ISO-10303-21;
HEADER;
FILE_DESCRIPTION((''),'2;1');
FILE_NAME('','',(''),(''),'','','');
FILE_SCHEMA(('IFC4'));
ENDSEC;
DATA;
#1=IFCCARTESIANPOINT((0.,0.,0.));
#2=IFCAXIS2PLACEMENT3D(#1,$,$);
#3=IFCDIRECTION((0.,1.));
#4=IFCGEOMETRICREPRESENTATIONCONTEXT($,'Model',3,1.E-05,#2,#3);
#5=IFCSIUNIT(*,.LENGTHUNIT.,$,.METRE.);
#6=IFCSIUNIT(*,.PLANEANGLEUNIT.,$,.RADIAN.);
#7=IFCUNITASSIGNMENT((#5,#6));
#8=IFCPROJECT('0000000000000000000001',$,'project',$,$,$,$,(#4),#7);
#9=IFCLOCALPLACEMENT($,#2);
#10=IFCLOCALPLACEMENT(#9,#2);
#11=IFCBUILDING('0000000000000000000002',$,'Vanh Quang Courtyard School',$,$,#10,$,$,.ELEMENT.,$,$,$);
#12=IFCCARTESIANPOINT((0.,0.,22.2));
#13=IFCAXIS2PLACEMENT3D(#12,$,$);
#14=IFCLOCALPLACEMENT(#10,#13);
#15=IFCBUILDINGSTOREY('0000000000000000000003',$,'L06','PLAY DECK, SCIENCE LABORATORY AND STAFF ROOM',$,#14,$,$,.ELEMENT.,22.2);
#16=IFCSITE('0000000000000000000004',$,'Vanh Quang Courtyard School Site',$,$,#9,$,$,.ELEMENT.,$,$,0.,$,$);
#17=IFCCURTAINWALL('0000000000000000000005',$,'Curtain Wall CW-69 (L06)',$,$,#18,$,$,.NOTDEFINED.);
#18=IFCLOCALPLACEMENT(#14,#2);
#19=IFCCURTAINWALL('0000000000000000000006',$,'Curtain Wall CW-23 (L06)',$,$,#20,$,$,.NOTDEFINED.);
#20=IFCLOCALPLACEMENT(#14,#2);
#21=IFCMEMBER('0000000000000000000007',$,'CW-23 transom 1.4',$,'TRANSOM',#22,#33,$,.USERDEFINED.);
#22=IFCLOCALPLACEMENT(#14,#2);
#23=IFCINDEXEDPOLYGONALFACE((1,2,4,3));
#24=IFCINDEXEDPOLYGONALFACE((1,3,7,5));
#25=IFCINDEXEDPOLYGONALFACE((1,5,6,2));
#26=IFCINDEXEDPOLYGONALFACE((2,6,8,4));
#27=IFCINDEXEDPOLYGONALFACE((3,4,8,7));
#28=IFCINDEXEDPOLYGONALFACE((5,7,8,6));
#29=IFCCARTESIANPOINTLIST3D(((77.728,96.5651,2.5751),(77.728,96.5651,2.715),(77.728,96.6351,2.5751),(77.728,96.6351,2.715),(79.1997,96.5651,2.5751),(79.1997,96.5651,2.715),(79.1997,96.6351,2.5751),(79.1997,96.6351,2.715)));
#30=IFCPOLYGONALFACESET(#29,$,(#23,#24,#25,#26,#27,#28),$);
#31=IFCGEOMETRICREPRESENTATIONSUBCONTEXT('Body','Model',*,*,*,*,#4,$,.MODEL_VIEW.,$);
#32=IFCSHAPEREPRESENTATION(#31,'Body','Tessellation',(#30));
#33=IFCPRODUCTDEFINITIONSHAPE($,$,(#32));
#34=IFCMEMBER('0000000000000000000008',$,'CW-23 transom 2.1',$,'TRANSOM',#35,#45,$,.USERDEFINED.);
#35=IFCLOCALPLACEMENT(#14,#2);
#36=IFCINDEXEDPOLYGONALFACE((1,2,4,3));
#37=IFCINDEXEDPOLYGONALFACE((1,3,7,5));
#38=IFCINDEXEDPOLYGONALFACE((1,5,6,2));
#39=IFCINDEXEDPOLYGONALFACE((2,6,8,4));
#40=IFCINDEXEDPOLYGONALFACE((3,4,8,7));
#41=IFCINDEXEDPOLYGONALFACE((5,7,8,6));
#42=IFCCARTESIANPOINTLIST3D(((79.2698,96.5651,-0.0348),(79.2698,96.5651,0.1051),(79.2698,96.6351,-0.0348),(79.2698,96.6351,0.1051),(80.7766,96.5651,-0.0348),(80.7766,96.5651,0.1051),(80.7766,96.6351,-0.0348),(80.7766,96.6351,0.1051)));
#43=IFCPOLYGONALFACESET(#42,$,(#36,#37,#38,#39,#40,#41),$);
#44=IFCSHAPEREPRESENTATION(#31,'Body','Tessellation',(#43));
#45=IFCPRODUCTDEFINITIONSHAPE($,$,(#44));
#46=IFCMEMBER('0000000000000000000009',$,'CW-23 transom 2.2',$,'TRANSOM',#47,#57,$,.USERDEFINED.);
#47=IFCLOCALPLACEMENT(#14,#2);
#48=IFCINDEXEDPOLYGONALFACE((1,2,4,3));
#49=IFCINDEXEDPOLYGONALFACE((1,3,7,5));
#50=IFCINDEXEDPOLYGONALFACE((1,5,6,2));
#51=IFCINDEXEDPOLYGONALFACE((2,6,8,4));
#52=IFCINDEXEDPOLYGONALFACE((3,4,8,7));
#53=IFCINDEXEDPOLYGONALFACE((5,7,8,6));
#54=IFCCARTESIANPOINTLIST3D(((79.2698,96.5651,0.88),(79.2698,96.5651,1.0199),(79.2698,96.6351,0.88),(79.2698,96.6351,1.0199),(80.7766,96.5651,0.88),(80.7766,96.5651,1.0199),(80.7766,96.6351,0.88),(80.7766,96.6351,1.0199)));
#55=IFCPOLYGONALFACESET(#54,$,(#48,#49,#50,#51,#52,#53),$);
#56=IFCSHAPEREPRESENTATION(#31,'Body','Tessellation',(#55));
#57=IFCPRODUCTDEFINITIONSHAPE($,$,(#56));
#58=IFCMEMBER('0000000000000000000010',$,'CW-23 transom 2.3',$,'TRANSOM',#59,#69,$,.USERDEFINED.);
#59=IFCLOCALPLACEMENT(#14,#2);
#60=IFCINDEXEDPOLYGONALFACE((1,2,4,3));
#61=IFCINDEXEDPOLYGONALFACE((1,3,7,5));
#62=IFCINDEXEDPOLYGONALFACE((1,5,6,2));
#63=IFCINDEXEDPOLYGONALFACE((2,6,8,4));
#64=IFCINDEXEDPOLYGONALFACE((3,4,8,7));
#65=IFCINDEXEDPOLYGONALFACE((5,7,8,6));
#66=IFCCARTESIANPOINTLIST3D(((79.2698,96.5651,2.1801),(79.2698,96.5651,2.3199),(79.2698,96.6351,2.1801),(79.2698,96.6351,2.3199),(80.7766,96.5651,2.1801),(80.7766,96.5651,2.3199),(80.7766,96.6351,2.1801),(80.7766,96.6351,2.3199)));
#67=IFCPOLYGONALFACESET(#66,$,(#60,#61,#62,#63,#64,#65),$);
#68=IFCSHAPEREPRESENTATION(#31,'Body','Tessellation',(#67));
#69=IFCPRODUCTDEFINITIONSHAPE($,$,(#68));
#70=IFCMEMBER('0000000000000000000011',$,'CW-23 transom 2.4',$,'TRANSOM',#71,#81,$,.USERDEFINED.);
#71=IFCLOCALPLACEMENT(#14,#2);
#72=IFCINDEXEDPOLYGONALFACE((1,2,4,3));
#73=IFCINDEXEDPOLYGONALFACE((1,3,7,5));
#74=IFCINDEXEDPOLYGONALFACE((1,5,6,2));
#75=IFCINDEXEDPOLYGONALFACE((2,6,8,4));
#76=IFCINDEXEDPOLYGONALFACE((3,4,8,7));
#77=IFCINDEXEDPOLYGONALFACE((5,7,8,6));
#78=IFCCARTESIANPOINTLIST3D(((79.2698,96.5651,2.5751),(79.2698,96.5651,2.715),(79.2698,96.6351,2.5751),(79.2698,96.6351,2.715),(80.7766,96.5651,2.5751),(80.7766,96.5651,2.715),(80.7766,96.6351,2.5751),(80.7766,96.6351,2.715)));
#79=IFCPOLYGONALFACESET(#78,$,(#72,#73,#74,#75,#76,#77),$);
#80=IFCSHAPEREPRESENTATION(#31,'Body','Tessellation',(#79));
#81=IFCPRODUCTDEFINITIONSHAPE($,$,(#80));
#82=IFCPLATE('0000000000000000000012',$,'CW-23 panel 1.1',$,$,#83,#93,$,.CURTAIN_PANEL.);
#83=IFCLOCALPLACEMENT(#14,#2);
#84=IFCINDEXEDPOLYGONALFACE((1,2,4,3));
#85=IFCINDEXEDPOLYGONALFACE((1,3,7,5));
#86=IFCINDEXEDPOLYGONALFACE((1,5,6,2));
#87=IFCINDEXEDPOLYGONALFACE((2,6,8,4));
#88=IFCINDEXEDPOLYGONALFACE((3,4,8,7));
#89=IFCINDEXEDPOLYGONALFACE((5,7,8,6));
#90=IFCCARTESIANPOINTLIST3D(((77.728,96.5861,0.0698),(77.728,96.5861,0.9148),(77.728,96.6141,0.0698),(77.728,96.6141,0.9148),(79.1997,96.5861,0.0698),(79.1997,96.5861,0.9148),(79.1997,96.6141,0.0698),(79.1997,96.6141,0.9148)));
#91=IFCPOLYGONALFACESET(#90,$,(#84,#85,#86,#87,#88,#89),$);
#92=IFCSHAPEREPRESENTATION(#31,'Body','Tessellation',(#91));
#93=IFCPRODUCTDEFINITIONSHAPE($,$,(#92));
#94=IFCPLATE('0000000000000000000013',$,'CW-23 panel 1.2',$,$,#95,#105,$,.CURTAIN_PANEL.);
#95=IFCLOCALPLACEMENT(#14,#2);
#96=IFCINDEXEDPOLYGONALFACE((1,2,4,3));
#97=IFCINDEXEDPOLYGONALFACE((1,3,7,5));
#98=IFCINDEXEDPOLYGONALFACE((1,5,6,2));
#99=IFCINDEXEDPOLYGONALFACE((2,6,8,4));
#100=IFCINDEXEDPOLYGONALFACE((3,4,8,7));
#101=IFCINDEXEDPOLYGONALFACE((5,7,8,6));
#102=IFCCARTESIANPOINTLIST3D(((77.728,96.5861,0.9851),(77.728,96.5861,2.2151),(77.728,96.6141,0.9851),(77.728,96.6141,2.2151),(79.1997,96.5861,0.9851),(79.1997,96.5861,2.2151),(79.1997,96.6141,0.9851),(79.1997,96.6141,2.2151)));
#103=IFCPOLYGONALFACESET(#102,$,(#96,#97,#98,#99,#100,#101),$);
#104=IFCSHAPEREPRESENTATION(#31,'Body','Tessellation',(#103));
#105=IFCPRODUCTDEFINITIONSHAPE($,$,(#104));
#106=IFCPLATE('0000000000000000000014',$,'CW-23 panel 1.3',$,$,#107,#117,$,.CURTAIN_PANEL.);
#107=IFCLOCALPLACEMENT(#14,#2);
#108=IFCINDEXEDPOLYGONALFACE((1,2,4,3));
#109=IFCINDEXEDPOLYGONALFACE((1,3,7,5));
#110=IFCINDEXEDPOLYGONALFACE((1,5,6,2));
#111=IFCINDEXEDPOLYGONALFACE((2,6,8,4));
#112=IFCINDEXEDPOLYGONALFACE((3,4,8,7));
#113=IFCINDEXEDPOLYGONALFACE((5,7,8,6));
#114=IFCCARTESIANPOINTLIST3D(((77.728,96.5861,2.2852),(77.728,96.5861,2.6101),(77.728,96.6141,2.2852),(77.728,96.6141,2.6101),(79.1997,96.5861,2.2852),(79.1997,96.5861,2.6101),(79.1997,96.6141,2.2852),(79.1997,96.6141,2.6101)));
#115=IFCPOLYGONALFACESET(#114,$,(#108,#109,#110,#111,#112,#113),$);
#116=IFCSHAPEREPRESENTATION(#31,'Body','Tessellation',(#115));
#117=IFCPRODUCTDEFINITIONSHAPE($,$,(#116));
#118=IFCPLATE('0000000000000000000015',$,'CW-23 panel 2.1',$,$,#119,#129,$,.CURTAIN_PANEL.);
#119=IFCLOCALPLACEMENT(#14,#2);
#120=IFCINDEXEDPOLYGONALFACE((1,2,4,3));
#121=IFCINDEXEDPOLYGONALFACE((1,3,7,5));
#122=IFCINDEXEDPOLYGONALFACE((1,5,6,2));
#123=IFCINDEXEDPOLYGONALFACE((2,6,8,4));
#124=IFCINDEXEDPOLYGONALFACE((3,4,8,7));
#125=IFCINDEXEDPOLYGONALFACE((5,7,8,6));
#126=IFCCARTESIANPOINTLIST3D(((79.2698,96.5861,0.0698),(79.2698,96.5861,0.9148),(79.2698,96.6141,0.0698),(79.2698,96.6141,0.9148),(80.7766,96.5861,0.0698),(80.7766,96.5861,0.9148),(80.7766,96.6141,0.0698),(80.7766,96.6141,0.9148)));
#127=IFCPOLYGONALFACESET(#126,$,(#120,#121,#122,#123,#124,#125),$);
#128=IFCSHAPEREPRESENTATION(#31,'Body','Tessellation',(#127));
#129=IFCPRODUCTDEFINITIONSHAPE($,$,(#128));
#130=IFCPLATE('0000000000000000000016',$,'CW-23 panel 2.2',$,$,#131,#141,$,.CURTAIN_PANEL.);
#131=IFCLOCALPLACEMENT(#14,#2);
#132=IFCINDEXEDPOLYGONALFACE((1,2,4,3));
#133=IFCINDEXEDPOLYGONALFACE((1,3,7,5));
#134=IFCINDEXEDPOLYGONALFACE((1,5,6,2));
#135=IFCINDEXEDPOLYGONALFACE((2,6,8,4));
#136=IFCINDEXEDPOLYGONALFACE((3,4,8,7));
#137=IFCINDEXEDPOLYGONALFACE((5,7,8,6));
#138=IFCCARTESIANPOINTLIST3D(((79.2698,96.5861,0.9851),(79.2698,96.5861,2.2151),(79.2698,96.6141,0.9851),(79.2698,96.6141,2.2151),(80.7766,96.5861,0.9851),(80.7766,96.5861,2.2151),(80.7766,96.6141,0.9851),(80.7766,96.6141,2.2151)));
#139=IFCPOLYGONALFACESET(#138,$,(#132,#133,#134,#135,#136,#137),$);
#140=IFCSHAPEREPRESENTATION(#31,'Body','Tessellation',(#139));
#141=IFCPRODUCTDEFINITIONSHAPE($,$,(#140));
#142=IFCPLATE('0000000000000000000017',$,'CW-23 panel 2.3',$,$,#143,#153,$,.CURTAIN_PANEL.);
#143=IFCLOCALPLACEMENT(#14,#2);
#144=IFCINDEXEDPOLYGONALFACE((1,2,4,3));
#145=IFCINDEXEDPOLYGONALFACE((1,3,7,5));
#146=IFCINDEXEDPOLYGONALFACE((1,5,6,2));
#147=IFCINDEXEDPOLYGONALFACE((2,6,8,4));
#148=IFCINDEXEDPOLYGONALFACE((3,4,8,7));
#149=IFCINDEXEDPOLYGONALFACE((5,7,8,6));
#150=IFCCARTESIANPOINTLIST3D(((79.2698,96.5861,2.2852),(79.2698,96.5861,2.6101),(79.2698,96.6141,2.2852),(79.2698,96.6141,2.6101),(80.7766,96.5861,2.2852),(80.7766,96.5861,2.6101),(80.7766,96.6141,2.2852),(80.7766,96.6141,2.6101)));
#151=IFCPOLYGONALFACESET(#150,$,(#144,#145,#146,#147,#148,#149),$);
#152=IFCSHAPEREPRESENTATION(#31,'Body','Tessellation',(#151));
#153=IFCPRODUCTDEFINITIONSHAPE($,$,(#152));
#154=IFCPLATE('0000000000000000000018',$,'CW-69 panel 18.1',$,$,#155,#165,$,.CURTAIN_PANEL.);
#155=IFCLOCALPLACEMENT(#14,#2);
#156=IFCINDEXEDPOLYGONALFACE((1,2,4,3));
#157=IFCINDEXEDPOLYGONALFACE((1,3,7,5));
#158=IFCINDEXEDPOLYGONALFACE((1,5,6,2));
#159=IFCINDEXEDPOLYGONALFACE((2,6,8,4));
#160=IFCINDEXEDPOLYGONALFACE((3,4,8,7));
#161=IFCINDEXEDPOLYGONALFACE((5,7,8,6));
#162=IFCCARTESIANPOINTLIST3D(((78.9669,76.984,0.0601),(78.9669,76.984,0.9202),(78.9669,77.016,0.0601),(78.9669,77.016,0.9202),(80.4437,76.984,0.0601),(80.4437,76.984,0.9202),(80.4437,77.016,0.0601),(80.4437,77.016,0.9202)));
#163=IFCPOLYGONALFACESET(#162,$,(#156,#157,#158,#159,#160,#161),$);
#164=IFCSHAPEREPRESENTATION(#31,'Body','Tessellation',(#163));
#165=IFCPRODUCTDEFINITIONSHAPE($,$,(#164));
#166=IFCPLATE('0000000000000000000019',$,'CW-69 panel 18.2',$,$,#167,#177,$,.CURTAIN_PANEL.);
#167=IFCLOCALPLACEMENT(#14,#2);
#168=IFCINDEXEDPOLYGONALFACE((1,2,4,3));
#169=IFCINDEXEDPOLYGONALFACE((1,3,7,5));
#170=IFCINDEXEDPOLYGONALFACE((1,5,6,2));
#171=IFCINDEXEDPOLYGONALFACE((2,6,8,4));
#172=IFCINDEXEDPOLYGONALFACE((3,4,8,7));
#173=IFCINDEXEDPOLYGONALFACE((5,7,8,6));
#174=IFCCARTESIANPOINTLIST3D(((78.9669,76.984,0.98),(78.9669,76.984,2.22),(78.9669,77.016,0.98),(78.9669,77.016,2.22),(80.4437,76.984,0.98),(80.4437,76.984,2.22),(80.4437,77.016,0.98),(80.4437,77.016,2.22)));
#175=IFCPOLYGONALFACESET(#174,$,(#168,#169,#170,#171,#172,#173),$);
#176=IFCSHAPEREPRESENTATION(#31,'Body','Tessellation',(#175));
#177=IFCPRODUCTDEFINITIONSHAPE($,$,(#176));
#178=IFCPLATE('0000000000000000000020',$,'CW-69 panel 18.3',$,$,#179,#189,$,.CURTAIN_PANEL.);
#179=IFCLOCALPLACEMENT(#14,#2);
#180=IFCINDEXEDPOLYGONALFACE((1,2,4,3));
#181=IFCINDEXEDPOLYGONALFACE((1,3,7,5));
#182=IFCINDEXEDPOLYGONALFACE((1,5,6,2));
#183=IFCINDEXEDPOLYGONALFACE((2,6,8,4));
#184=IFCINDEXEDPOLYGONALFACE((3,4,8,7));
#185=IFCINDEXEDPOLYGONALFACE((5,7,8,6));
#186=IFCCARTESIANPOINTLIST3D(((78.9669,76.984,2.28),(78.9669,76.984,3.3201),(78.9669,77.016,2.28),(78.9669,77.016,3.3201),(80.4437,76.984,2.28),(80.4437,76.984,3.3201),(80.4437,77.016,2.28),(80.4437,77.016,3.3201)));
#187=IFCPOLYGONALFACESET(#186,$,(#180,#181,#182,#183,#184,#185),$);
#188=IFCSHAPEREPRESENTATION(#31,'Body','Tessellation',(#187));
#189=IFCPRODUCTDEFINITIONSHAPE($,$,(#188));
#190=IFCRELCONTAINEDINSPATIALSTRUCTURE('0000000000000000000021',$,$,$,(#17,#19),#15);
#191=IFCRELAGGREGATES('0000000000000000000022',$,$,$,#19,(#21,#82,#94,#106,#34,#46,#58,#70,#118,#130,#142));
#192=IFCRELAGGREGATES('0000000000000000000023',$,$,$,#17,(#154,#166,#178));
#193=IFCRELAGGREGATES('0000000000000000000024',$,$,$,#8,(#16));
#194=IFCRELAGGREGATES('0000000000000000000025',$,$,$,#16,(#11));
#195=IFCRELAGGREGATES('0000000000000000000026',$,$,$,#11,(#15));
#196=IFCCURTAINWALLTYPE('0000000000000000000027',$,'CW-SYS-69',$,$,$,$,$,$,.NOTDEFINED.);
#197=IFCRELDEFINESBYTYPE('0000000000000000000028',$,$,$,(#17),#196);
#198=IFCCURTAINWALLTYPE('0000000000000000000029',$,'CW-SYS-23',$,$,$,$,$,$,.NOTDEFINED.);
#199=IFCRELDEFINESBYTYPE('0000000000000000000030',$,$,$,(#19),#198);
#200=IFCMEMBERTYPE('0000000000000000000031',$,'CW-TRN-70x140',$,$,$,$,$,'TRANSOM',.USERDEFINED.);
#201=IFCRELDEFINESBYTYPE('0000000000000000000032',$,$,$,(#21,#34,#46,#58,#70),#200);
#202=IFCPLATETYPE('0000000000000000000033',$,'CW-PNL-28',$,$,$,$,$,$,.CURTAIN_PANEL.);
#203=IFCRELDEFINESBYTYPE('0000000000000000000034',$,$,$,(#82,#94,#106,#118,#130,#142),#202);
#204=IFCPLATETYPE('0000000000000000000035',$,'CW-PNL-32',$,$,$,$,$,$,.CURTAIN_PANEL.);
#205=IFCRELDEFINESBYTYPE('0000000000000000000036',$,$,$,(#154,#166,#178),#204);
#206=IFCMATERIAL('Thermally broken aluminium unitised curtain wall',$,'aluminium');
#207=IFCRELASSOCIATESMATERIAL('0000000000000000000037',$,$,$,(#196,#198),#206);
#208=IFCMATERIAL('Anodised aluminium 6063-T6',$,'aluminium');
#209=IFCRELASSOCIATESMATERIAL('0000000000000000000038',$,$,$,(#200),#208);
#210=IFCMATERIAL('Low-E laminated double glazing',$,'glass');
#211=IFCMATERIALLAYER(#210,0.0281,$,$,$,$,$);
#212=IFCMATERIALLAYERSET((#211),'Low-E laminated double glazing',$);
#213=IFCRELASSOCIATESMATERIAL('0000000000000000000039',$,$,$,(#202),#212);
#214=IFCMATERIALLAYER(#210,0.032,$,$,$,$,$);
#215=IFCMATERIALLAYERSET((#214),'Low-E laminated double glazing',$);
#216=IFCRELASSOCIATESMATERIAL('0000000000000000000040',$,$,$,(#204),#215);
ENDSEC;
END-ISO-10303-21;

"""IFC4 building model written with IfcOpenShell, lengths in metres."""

from ifc_helpers import new_model, si_unit, direction, frame, origin, origin_2d, place, context, subcontext, project, spatial, rectangle, extrude, material, layer, layer_set, material_profile, profile_set, type_object, element, aggregate, save


model = new_model("IFC4")

# Units and contexts
model_context = context("Model", 3, precision=1e-05, world=origin(), true_north=direction((0.0, 1.0)))
body_context = subcontext(model_context, "Body", "Model", "MODEL_VIEW")
ifc_project = project(units=[si_unit("LENGTHUNIT", "METRE"), si_unit("PLANEANGLEUNIT", "RADIAN")], contexts=[model_context])

# Site, building, storey
site_placement = place(None, origin())
site = spatial("IfcSite", under=ifc_project, at=site_placement, Name="Vanh Quang Courtyard School Site", CompositionType="ELEMENT", RefElevation=0.0)
building_placement = place(site_placement, origin())
building = spatial("IfcBuilding", under=site, at=building_placement, Name="Vanh Quang Courtyard School", CompositionType="ELEMENT")
storey_placement = place(building_placement, frame((0.0, 0.0, 22.2)))
storey = spatial("IfcBuildingStorey", under=building, at=storey_placement, Name="L06", Description="PLAY DECK, SCIENCE LABORATORY AND STAFF ROOM", CompositionType="ELEMENT", Elevation=22.2)

# Curtain walls
ifc_material_1 = material(Name="Thermally broken aluminium unitised curtain wall", Category="aluminium")
curtain_wall_type_1 = type_object("IfcCurtainWallType", Name="CW-SYS-69", PredefinedType="NOTDEFINED", material=ifc_material_1)
curtain_wall_1_placement = place(storey_placement, origin())
curtain_wall_1 = element("IfcCurtainWall", 1, at=curtain_wall_1_placement, inside=storey, type_object=curtain_wall_type_1, Name="Curtain Wall CW-69 (L06)", PredefinedType="NOTDEFINED")
ifc_material_2 = material(Name="Anodised aluminium 6063-T6", Category="aluminium")
curtain_wall_type_2 = type_object("IfcCurtainWallType", Name="CW-SYS-23", PredefinedType="NOTDEFINED", material=ifc_material_1)
curtain_wall_2_placement = place(storey_placement, origin())
curtain_wall_2 = element("IfcCurtainWall", 2, at=curtain_wall_2_placement, inside=storey, type_object=curtain_wall_type_2, Name="Curtain Wall CW-23 (L06)", PredefinedType="NOTDEFINED")

# Members
ifc_material_profile_1 = material_profile(ifc_material_2, rectangle(XDim=0.0701, YDim=0.1399, at=origin_2d()), Name="ALU-TRN 70x140")
ifc_profile_set_1 = profile_set([ifc_material_profile_1], Name="Anodised aluminium 6063-T6")
member_type_1 = type_object("IfcMemberType", Name="CW-TRN-70x140", ElementType="TRANSOM", PredefinedType="USERDEFINED", material=ifc_profile_set_1)
member_1_placement = place(storey_placement, frame((77.728, 96.6001, 2.645), z_axis=(1.0, 0.0, 0.0), x_axis=(0.0, 1.0, 0.0)))
member_1 = element("IfcMember", 3, at=member_1_placement, type_object=member_type_1, Name="CW-23 transom 1.4", ObjectType="TRANSOM", PredefinedType="USERDEFINED", context=body_context, shape_type="SweptSolid", body=[
    extrude(rectangle(XDim=0.0701, YDim=0.1399, at=origin_2d()), origin(), (0.0, 0.0, 1.0), 1.4717),
])
member_2_placement = place(storey_placement, frame((79.2698, 96.6001, 0.0352), z_axis=(1.0, 0.0, 0.0), x_axis=(0.0, 1.0, 0.0)))
member_2 = element("IfcMember", 4, at=member_2_placement, type_object=member_type_1, Name="CW-23 transom 2.1", ObjectType="TRANSOM", PredefinedType="USERDEFINED", context=body_context, shape_type="SweptSolid", body=[
    extrude(rectangle(XDim=0.0701, YDim=0.1399, at=origin_2d()), origin(), (0.0, 0.0, 1.0), 1.5068),
])
member_3_placement = place(storey_placement, frame((79.2698, 96.6001, 0.95), z_axis=(1.0, 0.0, 0.0), x_axis=(0.0, 1.0, 0.0)))
member_3 = element("IfcMember", 5, at=member_3_placement, type_object=member_type_1, Name="CW-23 transom 2.2", ObjectType="TRANSOM", PredefinedType="USERDEFINED", context=body_context, shape_type="SweptSolid", body=[
    extrude(rectangle(XDim=0.0701, YDim=0.1399, at=origin_2d()), origin(), (0.0, 0.0, 1.0), 1.5068),
])
member_4_placement = place(storey_placement, frame((79.2698, 96.6001, 2.25), z_axis=(1.0, 0.0, 0.0), x_axis=(0.0, 1.0, 0.0)))
member_4 = element("IfcMember", 6, at=member_4_placement, type_object=member_type_1, Name="CW-23 transom 2.3", ObjectType="TRANSOM", PredefinedType="USERDEFINED", context=body_context, shape_type="SweptSolid", body=[
    extrude(rectangle(XDim=0.0701, YDim=0.1399, at=origin_2d()), origin(), (0.0, 0.0, 1.0), 1.5068),
])
member_5_placement = place(storey_placement, frame((79.2698, 96.6001, 2.645), z_axis=(1.0, 0.0, 0.0), x_axis=(0.0, 1.0, 0.0)))
member_5 = element("IfcMember", 7, at=member_5_placement, type_object=member_type_1, Name="CW-23 transom 2.4", ObjectType="TRANSOM", PredefinedType="USERDEFINED", context=body_context, shape_type="SweptSolid", body=[
    extrude(rectangle(XDim=0.0701, YDim=0.1399, at=origin_2d()), origin(), (0.0, 0.0, 1.0), 1.5068),
])

# Plates
ifc_material_3 = material(Name="Low-E laminated double glazing", Category="glass")
ifc_layer_1 = layer(ifc_material_3, 0.0281)
ifc_layer_set_1 = layer_set([ifc_layer_1], Name="Low-E laminated double glazing")
plate_type_1 = type_object("IfcPlateType", Name="CW-PNL-28", PredefinedType="CURTAIN_PANEL", material=ifc_layer_set_1)
plate_1_placement = place(storey_placement, frame((78.4639, 96.6001, 0.0698), z_axis=(0.0, 0.0, 1.0), x_axis=(1.0, 0.0, 0.0)))
plate_1 = element("IfcPlate", 8, at=plate_1_placement, type_object=plate_type_1, Name="CW-23 panel 1.1", PredefinedType="CURTAIN_PANEL", context=body_context, shape_type="SweptSolid", body=[
    extrude(rectangle(XDim=1.4717, YDim=0.0281, at=origin_2d()), origin(), (0.0, 0.0, 1.0), 0.845),
])
plate_2_placement = place(storey_placement, frame((78.4639, 96.6001, 0.9851), z_axis=(0.0, 0.0, 1.0), x_axis=(1.0, 0.0, 0.0)))
plate_2 = element("IfcPlate", 9, at=plate_2_placement, type_object=plate_type_1, Name="CW-23 panel 1.2", PredefinedType="CURTAIN_PANEL", context=body_context, shape_type="SweptSolid", body=[
    extrude(rectangle(XDim=1.4717, YDim=0.0281, at=origin_2d()), origin(), (0.0, 0.0, 1.0), 1.23),
])
plate_3_placement = place(storey_placement, frame((78.4639, 96.6001, 2.2852), z_axis=(0.0, 0.0, 1.0), x_axis=(1.0, 0.0, 0.0)))
plate_3 = element("IfcPlate", 10, at=plate_3_placement, type_object=plate_type_1, Name="CW-23 panel 1.3", PredefinedType="CURTAIN_PANEL", context=body_context, shape_type="SweptSolid", body=[
    extrude(rectangle(XDim=1.4717, YDim=0.0281, at=origin_2d()), origin(), (0.0, 0.0, 1.0), 0.325),
])
plate_4_placement = place(storey_placement, frame((80.0232, 96.6001, 0.0698), z_axis=(0.0, 0.0, 1.0), x_axis=(1.0, 0.0, 0.0)))
plate_4 = element("IfcPlate", 11, at=plate_4_placement, type_object=plate_type_1, Name="CW-23 panel 2.1", PredefinedType="CURTAIN_PANEL", context=body_context, shape_type="SweptSolid", body=[
    extrude(rectangle(XDim=1.5068, YDim=0.0281, at=origin_2d()), origin(), (0.0, 0.0, 1.0), 0.845),
])
plate_5_placement = place(storey_placement, frame((80.0232, 96.6001, 0.9851), z_axis=(0.0, 0.0, 1.0), x_axis=(1.0, 0.0, 0.0)))
plate_5 = element("IfcPlate", 12, at=plate_5_placement, type_object=plate_type_1, Name="CW-23 panel 2.2", PredefinedType="CURTAIN_PANEL", context=body_context, shape_type="SweptSolid", body=[
    extrude(rectangle(XDim=1.5068, YDim=0.0281, at=origin_2d()), origin(), (0.0, 0.0, 1.0), 1.23),
])
plate_6_placement = place(storey_placement, frame((80.0232, 96.6001, 2.2852), z_axis=(0.0, 0.0, 1.0), x_axis=(1.0, 0.0, 0.0)))
plate_6 = element("IfcPlate", 13, at=plate_6_placement, type_object=plate_type_1, Name="CW-23 panel 2.3", PredefinedType="CURTAIN_PANEL", context=body_context, shape_type="SweptSolid", body=[
    extrude(rectangle(XDim=1.5068, YDim=0.0281, at=origin_2d()), origin(), (0.0, 0.0, 1.0), 0.325),
])
aggregate(curtain_wall_2, [member_1, plate_1, plate_2, plate_3, member_2, member_3, member_4, member_5, plate_4, plate_5, plate_6])
ifc_layer_2 = layer(ifc_material_3, 0.032)
ifc_layer_set_2 = layer_set([ifc_layer_2], Name="Low-E laminated double glazing")
plate_type_2 = type_object("IfcPlateType", Name="CW-PNL-32", PredefinedType="CURTAIN_PANEL", material=ifc_layer_set_2)
plate_7_placement = place(storey_placement, frame((79.7053, 77.0, 0.0601), z_axis=(0.0, 0.0, 1.0), x_axis=(-1.0, 0.0, 0.0)))
plate_7 = element("IfcPlate", 14, at=plate_7_placement, type_object=plate_type_2, Name="CW-69 panel 18.1", PredefinedType="CURTAIN_PANEL", context=body_context, shape_type="SweptSolid", body=[
    extrude(rectangle(XDim=1.4768, YDim=0.032, at=origin_2d()), origin(), (0.0, 0.0, 1.0), 0.8601),
])
plate_8_placement = place(storey_placement, frame((79.7053, 77.0, 0.98), z_axis=(0.0, 0.0, 1.0), x_axis=(-1.0, 0.0, 0.0)))
plate_8 = element("IfcPlate", 15, at=plate_8_placement, type_object=plate_type_2, Name="CW-69 panel 18.2", PredefinedType="CURTAIN_PANEL", context=body_context, shape_type="SweptSolid", body=[
    extrude(rectangle(XDim=1.4768, YDim=0.032, at=origin_2d()), origin(), (0.0, 0.0, 1.0), 1.24),
])
plate_9_placement = place(storey_placement, frame((79.7053, 77.0, 2.28), z_axis=(0.0, 0.0, 1.0), x_axis=(-1.0, 0.0, 0.0)))
plate_9 = element("IfcPlate", 16, at=plate_9_placement, type_object=plate_type_2, Name="CW-69 panel 18.3", PredefinedType="CURTAIN_PANEL", context=body_context, shape_type="SweptSolid", body=[
    extrude(rectangle(XDim=1.4768, YDim=0.032, at=origin_2d()), origin(), (0.0, 0.0, 1.0), 1.04),
])
aggregate(curtain_wall_1, [plate_7, plate_8, plate_9])

save(model, "model.ifc")
